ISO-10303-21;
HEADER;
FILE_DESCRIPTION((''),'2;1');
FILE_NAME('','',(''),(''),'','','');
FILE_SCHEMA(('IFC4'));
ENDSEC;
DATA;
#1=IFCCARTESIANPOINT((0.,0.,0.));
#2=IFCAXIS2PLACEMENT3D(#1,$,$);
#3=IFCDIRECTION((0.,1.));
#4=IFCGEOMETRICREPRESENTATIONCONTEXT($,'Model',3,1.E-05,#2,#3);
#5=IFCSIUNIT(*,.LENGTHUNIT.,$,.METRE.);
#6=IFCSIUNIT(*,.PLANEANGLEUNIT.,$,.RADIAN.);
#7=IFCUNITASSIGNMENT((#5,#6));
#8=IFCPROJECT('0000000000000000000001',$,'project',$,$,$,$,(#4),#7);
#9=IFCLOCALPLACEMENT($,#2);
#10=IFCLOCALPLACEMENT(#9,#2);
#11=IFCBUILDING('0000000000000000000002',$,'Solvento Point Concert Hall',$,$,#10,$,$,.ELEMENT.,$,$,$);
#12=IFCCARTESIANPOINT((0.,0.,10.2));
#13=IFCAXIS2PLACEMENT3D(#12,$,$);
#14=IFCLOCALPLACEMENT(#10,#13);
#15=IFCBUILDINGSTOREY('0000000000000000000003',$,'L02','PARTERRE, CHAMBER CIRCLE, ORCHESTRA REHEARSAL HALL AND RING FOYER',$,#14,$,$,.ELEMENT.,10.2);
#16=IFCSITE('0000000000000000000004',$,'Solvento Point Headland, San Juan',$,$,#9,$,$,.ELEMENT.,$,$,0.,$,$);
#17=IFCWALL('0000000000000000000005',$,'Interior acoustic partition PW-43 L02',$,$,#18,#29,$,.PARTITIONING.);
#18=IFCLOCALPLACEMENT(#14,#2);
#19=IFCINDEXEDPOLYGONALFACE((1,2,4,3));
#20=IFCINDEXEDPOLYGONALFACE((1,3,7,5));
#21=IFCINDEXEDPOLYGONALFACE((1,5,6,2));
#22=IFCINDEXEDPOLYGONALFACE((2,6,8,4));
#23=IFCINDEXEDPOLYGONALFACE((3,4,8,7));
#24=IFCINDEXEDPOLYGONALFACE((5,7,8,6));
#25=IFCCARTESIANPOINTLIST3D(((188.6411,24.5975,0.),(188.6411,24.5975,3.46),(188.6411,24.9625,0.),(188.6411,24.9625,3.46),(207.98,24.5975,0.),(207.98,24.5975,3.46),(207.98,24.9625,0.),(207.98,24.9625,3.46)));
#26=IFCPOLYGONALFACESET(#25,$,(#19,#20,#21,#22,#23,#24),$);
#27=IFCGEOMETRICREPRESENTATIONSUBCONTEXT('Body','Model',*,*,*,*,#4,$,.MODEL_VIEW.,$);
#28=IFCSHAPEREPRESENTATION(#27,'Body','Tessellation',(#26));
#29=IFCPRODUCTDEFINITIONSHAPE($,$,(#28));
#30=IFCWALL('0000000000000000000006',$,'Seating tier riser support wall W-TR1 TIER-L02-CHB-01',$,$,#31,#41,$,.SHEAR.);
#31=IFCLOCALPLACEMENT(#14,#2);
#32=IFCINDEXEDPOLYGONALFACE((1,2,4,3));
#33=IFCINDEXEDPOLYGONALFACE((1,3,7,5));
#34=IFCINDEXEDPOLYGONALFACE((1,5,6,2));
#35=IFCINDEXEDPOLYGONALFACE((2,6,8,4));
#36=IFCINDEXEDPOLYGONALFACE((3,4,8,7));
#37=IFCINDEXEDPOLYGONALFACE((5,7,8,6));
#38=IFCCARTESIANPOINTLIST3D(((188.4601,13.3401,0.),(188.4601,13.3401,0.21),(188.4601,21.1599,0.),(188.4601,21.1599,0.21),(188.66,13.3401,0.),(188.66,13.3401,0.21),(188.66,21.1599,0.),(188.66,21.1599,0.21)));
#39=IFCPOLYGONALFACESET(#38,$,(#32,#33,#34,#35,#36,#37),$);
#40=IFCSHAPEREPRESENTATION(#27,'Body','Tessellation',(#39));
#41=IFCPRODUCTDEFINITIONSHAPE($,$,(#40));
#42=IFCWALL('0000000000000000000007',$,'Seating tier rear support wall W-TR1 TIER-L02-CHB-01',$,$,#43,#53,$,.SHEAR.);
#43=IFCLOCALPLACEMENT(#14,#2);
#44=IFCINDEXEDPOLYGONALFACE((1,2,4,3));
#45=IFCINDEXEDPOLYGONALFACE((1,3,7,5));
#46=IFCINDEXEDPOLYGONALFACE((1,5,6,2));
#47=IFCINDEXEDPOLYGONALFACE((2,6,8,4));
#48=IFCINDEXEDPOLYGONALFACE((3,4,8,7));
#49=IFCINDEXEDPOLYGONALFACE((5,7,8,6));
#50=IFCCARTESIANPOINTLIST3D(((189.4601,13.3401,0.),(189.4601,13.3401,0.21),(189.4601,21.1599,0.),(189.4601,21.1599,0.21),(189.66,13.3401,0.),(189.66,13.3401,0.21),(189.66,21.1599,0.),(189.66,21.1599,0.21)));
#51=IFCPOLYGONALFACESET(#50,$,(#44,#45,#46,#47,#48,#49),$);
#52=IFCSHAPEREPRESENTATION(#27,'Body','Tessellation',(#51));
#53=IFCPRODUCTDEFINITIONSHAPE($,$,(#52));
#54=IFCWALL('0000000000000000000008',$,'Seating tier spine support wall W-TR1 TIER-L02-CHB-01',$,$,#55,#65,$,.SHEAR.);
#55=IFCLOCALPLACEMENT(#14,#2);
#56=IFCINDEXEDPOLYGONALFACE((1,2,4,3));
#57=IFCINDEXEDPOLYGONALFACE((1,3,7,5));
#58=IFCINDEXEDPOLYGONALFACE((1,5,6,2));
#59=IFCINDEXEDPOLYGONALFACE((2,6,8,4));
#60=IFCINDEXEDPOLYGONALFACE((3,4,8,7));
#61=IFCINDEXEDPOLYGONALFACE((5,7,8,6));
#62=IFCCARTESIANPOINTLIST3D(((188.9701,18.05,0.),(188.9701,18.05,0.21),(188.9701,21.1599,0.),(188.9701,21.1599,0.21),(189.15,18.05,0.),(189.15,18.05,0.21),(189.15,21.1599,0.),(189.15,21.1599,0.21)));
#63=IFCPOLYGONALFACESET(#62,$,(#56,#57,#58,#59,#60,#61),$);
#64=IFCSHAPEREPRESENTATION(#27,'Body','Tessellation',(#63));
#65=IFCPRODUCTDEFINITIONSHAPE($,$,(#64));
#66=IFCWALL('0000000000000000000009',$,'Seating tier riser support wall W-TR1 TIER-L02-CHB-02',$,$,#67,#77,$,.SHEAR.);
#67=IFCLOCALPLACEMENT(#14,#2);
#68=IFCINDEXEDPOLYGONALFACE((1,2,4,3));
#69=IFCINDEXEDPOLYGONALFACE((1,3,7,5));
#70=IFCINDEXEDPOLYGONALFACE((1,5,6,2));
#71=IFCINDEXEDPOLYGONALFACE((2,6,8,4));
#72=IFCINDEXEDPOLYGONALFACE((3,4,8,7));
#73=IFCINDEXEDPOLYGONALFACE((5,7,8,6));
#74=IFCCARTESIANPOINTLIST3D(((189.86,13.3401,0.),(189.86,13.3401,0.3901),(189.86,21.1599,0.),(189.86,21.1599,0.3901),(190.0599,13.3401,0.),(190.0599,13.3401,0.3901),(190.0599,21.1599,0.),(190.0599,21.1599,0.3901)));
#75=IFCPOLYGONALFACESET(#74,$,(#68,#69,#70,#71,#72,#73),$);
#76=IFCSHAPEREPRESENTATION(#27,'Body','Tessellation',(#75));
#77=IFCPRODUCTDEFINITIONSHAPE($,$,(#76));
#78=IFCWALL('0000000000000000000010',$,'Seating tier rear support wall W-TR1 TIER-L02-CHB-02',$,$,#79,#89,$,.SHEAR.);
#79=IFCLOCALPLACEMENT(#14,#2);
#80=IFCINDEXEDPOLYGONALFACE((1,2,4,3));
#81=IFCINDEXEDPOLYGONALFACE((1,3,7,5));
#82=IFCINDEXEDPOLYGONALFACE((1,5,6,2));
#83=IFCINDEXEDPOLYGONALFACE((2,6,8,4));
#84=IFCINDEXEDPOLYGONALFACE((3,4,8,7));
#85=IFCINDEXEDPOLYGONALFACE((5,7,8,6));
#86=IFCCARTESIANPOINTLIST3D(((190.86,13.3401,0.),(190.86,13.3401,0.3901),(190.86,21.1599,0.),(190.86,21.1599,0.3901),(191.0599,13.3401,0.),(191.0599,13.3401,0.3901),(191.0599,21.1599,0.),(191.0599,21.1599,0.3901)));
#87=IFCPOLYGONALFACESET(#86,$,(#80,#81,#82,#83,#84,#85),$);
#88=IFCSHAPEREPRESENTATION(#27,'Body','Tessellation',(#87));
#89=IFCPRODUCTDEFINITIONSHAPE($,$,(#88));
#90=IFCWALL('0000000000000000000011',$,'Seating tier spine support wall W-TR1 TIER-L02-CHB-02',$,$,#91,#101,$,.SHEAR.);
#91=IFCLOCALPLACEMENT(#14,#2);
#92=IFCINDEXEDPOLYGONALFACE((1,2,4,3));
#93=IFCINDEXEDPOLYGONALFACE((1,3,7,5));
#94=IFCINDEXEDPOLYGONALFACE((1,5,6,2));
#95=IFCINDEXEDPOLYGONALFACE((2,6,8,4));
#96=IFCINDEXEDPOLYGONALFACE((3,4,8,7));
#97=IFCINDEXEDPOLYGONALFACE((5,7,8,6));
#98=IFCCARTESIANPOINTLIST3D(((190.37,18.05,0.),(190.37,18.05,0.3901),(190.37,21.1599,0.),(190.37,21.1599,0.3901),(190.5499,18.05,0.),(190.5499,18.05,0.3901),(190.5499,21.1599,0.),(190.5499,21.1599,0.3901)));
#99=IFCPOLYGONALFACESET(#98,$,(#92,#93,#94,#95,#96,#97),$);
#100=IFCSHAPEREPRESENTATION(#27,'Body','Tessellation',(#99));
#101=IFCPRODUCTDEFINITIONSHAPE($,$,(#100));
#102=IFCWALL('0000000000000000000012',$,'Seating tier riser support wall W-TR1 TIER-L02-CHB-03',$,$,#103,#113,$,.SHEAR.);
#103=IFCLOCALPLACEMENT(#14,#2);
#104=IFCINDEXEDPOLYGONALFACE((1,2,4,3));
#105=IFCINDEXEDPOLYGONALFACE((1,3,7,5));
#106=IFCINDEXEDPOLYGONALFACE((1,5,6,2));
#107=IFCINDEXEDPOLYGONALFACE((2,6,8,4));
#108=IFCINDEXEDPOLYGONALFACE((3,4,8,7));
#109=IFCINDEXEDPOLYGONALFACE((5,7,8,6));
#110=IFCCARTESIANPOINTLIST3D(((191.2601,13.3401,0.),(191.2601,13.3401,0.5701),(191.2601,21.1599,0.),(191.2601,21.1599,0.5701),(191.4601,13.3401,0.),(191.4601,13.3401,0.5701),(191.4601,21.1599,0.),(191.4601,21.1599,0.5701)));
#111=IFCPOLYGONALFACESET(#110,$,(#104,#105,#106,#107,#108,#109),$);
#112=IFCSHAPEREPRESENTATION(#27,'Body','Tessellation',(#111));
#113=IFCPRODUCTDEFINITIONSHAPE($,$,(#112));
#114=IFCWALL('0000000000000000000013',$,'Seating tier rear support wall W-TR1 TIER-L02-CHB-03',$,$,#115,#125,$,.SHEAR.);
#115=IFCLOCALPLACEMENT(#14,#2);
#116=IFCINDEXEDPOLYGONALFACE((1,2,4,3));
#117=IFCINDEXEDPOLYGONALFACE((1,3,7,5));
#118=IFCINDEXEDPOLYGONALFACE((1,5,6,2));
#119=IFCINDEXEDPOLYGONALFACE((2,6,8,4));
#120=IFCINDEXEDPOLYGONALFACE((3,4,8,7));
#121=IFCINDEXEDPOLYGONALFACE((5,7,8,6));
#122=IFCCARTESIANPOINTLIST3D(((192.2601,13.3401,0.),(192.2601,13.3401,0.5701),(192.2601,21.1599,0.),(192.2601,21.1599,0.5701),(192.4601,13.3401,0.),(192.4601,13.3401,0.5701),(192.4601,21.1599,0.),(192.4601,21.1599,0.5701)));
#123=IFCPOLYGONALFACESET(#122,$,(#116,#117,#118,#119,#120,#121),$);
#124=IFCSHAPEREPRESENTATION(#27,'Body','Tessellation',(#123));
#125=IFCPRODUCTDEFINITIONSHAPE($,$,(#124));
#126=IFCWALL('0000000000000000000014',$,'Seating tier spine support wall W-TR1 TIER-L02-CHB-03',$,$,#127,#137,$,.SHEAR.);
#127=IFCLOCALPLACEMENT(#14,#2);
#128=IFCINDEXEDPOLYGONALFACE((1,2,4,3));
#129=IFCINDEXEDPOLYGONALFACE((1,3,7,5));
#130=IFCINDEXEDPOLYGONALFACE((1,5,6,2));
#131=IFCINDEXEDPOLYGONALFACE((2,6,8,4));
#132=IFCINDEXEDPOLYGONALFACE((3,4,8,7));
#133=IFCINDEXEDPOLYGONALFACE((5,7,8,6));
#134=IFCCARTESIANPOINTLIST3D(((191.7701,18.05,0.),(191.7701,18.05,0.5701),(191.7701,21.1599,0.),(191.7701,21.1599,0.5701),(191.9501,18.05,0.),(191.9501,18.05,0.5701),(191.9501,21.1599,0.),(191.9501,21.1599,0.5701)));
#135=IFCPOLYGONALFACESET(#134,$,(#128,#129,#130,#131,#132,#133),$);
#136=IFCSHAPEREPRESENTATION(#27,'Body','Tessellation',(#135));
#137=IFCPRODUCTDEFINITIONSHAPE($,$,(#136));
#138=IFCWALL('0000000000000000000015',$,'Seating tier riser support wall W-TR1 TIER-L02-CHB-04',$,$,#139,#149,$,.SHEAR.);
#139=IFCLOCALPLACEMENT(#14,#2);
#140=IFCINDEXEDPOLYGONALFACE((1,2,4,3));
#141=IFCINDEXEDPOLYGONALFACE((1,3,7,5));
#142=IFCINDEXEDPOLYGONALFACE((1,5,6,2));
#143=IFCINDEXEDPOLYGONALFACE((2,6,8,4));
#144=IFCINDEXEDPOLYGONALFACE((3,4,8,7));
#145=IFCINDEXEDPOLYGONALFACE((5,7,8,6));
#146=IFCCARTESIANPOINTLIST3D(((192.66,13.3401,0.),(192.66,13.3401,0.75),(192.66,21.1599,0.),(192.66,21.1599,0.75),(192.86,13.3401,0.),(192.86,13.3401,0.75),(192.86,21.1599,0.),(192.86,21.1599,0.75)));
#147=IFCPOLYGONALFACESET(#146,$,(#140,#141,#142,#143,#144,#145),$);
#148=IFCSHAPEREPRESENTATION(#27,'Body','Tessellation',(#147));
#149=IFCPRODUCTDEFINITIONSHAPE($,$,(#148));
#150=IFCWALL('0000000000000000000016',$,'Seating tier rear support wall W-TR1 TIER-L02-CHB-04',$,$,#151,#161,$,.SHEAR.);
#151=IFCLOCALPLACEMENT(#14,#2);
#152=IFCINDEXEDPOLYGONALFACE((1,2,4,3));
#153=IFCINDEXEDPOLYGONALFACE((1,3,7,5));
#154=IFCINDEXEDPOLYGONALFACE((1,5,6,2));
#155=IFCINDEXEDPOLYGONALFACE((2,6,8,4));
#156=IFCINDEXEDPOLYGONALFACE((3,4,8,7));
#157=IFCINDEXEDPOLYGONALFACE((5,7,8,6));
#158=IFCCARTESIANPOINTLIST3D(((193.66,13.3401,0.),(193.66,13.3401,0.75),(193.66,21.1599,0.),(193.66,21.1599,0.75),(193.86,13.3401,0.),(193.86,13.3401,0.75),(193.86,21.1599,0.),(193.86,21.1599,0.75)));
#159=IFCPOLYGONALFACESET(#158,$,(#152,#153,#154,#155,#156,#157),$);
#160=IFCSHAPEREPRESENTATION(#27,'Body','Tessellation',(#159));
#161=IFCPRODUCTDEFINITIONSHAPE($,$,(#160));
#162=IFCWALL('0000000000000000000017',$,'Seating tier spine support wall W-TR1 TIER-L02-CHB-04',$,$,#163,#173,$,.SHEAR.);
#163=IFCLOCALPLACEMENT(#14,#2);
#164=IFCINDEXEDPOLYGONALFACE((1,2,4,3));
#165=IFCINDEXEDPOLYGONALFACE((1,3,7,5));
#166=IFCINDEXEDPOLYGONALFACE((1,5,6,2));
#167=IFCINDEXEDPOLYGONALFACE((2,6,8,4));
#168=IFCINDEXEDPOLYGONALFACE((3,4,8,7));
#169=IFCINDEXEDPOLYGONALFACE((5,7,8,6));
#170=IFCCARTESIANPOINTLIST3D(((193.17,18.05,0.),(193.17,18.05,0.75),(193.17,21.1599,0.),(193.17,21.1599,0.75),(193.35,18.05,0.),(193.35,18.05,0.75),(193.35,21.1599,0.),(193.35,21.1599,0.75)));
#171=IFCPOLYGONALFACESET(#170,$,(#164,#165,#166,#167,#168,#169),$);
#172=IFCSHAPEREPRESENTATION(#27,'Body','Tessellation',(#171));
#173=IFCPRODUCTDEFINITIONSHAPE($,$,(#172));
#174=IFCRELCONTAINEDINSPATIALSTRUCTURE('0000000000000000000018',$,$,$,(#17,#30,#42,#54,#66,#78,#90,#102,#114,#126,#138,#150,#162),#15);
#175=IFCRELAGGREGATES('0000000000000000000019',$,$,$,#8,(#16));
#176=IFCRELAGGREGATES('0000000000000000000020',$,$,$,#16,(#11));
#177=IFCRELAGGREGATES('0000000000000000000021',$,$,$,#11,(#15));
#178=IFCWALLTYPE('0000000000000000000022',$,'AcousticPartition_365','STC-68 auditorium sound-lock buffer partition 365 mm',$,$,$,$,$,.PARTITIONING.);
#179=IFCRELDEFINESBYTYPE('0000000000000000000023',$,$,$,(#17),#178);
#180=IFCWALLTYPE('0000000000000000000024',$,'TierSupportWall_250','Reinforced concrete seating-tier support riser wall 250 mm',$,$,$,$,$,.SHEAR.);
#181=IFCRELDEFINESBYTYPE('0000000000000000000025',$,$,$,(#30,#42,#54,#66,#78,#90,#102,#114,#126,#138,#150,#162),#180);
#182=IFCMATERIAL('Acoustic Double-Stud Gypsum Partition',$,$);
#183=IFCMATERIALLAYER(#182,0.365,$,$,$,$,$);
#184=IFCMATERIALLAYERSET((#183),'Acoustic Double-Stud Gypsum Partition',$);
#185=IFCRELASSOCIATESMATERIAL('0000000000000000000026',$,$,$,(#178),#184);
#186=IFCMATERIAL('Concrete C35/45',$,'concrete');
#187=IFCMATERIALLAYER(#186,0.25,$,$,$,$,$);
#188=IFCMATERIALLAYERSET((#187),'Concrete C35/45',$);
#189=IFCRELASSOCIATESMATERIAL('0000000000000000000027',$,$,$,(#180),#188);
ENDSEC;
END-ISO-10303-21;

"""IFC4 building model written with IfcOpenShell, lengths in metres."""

from ifc_helpers import new_model, si_unit, direction, frame, frame_2d, origin, place, context, subcontext, project, spatial, rectangle, extrude, material, layer, layer_set, type_object, element, save


model = new_model("IFC4")

# Units and contexts
model_context = context("Model", 3, precision=1e-05, world=origin(), true_north=direction((0.0, 1.0)))
body_context = subcontext(model_context, "Body", "Model", "MODEL_VIEW")
ifc_project = project(units=[si_unit("LENGTHUNIT", "METRE"), si_unit("PLANEANGLEUNIT", "RADIAN")], contexts=[model_context])

# Site, building, storey
site_placement = place(None, origin())
site = spatial("IfcSite", under=ifc_project, at=site_placement, Name="Solvento Point Headland, San Juan", CompositionType="ELEMENT", RefElevation=0.0)
building_placement = place(site_placement, origin())
building = spatial("IfcBuilding", under=site, at=building_placement, Name="Solvento Point Concert Hall", CompositionType="ELEMENT")
storey_placement = place(building_placement, frame((0.0, 0.0, 10.2)))
storey = spatial("IfcBuildingStorey", under=building, at=storey_placement, Name="L02", Description="PARTERRE, CHAMBER CIRCLE, ORCHESTRA REHEARSAL HALL AND RING FOYER", CompositionType="ELEMENT", Elevation=10.2)

# Walls
ifc_material_1 = material(Name="Acoustic Double-Stud Gypsum Partition")
ifc_layer_1 = layer(ifc_material_1, 0.365)
ifc_layer_set_1 = layer_set([ifc_layer_1], Name="Acoustic Double-Stud Gypsum Partition")
wall_type_1 = type_object("IfcWallType", Name="AcousticPartition_365", Description="STC-68 auditorium sound-lock buffer partition 365 mm", PredefinedType="PARTITIONING", material=ifc_layer_set_1)
wall_1_placement = place(storey_placement, frame((188.6411, 24.78, 0.0), z_axis=(0.0, 0.0, 1.0), x_axis=(1.0, 0.0, 0.0)))
element("IfcWall", 1, at=wall_1_placement, inside=storey, type_object=wall_type_1, Name="Interior acoustic partition PW-43 L02", PredefinedType="PARTITIONING", context=body_context, shape_type="SweptSolid", body=[
    extrude(rectangle(XDim=19.3389, YDim=0.365, at=frame_2d((9.6694, 0.0))), origin(), (0.0, 0.0, 1.0), 3.46),
])
ifc_material_2 = material(Name="Concrete C35/45", Category="concrete")
ifc_layer_2 = layer(ifc_material_2, 0.25)
ifc_layer_set_2 = layer_set([ifc_layer_2], Name="Concrete C35/45")
wall_type_2 = type_object("IfcWallType", Name="TierSupportWall_250", Description="Reinforced concrete seating-tier support riser wall 250 mm", PredefinedType="SHEAR", material=ifc_layer_set_2)
for number, where, z_axis, x_axis, name in (
    (2, (188.5601, 13.3401, 0.0), (0.0, 0.0, 1.0), (0.0, 1.0, 0.0), "Seating tier riser support wall W-TR1 TIER-L02-CHB-01"),
    (3, (189.5601, 13.3401, 0.0), (0.0, 0.0, 1.0), (0.0, 1.0, 0.0), "Seating tier rear support wall W-TR1 TIER-L02-CHB-01"),
):
    element("IfcWall", number, at=place(storey_placement, frame(where, z_axis=z_axis, x_axis=x_axis)), inside=storey, type_object=wall_type_2, Name=name, PredefinedType="SHEAR", context=body_context, shape_type="SweptSolid", body=[
        extrude(rectangle(XDim=7.8198, YDim=0.2, at=frame_2d((3.9099, 0.0))), origin(), (0.0, 0.0, 1.0), 0.21),
    ])
wall_2_placement = place(storey_placement, frame((189.0601, 18.05, 0.0), z_axis=(0.0, 0.0, 1.0), x_axis=(0.0, 1.0, 0.0)))
element("IfcWall", 4, at=wall_2_placement, inside=storey, type_object=wall_type_2, Name="Seating tier spine support wall W-TR1 TIER-L02-CHB-01", PredefinedType="SHEAR", context=body_context, shape_type="SweptSolid", body=[
    extrude(rectangle(XDim=3.1099, YDim=0.1799, at=frame_2d((1.5549, 0.0))), origin(), (0.0, 0.0, 1.0), 0.21),
])
for number, where, z_axis, x_axis, name in (
    (5, (189.96, 13.3401, 0.0), (0.0, 0.0, 1.0), (0.0, 1.0, 0.0), "Seating tier riser support wall W-TR1 TIER-L02-CHB-02"),
    (6, (190.96, 13.3401, 0.0), (0.0, 0.0, 1.0), (0.0, 1.0, 0.0), "Seating tier rear support wall W-TR1 TIER-L02-CHB-02"),
):
    element("IfcWall", number, at=place(storey_placement, frame(where, z_axis=z_axis, x_axis=x_axis)), inside=storey, type_object=wall_type_2, Name=name, PredefinedType="SHEAR", context=body_context, shape_type="SweptSolid", body=[
        extrude(rectangle(XDim=7.8198, YDim=0.2, at=frame_2d((3.9099, 0.0))), origin(), (0.0, 0.0, 1.0), 0.3901),
    ])
wall_3_placement = place(storey_placement, frame((190.46, 18.05, 0.0), z_axis=(0.0, 0.0, 1.0), x_axis=(0.0, 1.0, 0.0)))
element("IfcWall", 7, at=wall_3_placement, inside=storey, type_object=wall_type_2, Name="Seating tier spine support wall W-TR1 TIER-L02-CHB-02", PredefinedType="SHEAR", context=body_context, shape_type="SweptSolid", body=[
    extrude(rectangle(XDim=3.1099, YDim=0.1799, at=frame_2d((1.5549, 0.0))), origin(), (0.0, 0.0, 1.0), 0.3901),
])
for number, where, z_axis, x_axis, name in (
    (8, (191.3601, 13.3401, 0.0), (0.0, 0.0, 1.0), (0.0, 1.0, 0.0), "Seating tier riser support wall W-TR1 TIER-L02-CHB-03"),
    (9, (192.3601, 13.3401, 0.0), (0.0, 0.0, 1.0), (0.0, 1.0, 0.0), "Seating tier rear support wall W-TR1 TIER-L02-CHB-03"),
):
    element("IfcWall", number, at=place(storey_placement, frame(where, z_axis=z_axis, x_axis=x_axis)), inside=storey, type_object=wall_type_2, Name=name, PredefinedType="SHEAR", context=body_context, shape_type="SweptSolid", body=[
        extrude(rectangle(XDim=7.8198, YDim=0.2, at=frame_2d((3.9099, 0.0))), origin(), (0.0, 0.0, 1.0), 0.5701),
    ])
wall_4_placement = place(storey_placement, frame((191.8601, 18.05, 0.0), z_axis=(0.0, 0.0, 1.0), x_axis=(0.0, 1.0, 0.0)))
element("IfcWall", 10, at=wall_4_placement, inside=storey, type_object=wall_type_2, Name="Seating tier spine support wall W-TR1 TIER-L02-CHB-03", PredefinedType="SHEAR", context=body_context, shape_type="SweptSolid", body=[
    extrude(rectangle(XDim=3.1099, YDim=0.1799, at=frame_2d((1.5549, 0.0))), origin(), (0.0, 0.0, 1.0), 0.5701),
])
for number, where, z_axis, x_axis, name in (
    (11, (192.76, 13.3401, 0.0), (0.0, 0.0, 1.0), (0.0, 1.0, 0.0), "Seating tier riser support wall W-TR1 TIER-L02-CHB-04"),
    (12, (193.76, 13.3401, 0.0), (0.0, 0.0, 1.0), (0.0, 1.0, 0.0), "Seating tier rear support wall W-TR1 TIER-L02-CHB-04"),
):
    element("IfcWall", number, at=place(storey_placement, frame(where, z_axis=z_axis, x_axis=x_axis)), inside=storey, type_object=wall_type_2, Name=name, PredefinedType="SHEAR", context=body_context, shape_type="SweptSolid", body=[
        extrude(rectangle(XDim=7.8198, YDim=0.2, at=frame_2d((3.9099, 0.0))), origin(), (0.0, 0.0, 1.0), 0.75),
    ])
wall_5_placement = place(storey_placement, frame((193.26, 18.05, 0.0), z_axis=(0.0, 0.0, 1.0), x_axis=(0.0, 1.0, 0.0)))
element("IfcWall", 13, at=wall_5_placement, inside=storey, type_object=wall_type_2, Name="Seating tier spine support wall W-TR1 TIER-L02-CHB-04", PredefinedType="SHEAR", context=body_context, shape_type="SweptSolid", body=[
    extrude(rectangle(XDim=3.1099, YDim=0.1799, at=frame_2d((1.5549, 0.0))), origin(), (0.0, 0.0, 1.0), 0.75),
])

save(model, "model.ifc")
